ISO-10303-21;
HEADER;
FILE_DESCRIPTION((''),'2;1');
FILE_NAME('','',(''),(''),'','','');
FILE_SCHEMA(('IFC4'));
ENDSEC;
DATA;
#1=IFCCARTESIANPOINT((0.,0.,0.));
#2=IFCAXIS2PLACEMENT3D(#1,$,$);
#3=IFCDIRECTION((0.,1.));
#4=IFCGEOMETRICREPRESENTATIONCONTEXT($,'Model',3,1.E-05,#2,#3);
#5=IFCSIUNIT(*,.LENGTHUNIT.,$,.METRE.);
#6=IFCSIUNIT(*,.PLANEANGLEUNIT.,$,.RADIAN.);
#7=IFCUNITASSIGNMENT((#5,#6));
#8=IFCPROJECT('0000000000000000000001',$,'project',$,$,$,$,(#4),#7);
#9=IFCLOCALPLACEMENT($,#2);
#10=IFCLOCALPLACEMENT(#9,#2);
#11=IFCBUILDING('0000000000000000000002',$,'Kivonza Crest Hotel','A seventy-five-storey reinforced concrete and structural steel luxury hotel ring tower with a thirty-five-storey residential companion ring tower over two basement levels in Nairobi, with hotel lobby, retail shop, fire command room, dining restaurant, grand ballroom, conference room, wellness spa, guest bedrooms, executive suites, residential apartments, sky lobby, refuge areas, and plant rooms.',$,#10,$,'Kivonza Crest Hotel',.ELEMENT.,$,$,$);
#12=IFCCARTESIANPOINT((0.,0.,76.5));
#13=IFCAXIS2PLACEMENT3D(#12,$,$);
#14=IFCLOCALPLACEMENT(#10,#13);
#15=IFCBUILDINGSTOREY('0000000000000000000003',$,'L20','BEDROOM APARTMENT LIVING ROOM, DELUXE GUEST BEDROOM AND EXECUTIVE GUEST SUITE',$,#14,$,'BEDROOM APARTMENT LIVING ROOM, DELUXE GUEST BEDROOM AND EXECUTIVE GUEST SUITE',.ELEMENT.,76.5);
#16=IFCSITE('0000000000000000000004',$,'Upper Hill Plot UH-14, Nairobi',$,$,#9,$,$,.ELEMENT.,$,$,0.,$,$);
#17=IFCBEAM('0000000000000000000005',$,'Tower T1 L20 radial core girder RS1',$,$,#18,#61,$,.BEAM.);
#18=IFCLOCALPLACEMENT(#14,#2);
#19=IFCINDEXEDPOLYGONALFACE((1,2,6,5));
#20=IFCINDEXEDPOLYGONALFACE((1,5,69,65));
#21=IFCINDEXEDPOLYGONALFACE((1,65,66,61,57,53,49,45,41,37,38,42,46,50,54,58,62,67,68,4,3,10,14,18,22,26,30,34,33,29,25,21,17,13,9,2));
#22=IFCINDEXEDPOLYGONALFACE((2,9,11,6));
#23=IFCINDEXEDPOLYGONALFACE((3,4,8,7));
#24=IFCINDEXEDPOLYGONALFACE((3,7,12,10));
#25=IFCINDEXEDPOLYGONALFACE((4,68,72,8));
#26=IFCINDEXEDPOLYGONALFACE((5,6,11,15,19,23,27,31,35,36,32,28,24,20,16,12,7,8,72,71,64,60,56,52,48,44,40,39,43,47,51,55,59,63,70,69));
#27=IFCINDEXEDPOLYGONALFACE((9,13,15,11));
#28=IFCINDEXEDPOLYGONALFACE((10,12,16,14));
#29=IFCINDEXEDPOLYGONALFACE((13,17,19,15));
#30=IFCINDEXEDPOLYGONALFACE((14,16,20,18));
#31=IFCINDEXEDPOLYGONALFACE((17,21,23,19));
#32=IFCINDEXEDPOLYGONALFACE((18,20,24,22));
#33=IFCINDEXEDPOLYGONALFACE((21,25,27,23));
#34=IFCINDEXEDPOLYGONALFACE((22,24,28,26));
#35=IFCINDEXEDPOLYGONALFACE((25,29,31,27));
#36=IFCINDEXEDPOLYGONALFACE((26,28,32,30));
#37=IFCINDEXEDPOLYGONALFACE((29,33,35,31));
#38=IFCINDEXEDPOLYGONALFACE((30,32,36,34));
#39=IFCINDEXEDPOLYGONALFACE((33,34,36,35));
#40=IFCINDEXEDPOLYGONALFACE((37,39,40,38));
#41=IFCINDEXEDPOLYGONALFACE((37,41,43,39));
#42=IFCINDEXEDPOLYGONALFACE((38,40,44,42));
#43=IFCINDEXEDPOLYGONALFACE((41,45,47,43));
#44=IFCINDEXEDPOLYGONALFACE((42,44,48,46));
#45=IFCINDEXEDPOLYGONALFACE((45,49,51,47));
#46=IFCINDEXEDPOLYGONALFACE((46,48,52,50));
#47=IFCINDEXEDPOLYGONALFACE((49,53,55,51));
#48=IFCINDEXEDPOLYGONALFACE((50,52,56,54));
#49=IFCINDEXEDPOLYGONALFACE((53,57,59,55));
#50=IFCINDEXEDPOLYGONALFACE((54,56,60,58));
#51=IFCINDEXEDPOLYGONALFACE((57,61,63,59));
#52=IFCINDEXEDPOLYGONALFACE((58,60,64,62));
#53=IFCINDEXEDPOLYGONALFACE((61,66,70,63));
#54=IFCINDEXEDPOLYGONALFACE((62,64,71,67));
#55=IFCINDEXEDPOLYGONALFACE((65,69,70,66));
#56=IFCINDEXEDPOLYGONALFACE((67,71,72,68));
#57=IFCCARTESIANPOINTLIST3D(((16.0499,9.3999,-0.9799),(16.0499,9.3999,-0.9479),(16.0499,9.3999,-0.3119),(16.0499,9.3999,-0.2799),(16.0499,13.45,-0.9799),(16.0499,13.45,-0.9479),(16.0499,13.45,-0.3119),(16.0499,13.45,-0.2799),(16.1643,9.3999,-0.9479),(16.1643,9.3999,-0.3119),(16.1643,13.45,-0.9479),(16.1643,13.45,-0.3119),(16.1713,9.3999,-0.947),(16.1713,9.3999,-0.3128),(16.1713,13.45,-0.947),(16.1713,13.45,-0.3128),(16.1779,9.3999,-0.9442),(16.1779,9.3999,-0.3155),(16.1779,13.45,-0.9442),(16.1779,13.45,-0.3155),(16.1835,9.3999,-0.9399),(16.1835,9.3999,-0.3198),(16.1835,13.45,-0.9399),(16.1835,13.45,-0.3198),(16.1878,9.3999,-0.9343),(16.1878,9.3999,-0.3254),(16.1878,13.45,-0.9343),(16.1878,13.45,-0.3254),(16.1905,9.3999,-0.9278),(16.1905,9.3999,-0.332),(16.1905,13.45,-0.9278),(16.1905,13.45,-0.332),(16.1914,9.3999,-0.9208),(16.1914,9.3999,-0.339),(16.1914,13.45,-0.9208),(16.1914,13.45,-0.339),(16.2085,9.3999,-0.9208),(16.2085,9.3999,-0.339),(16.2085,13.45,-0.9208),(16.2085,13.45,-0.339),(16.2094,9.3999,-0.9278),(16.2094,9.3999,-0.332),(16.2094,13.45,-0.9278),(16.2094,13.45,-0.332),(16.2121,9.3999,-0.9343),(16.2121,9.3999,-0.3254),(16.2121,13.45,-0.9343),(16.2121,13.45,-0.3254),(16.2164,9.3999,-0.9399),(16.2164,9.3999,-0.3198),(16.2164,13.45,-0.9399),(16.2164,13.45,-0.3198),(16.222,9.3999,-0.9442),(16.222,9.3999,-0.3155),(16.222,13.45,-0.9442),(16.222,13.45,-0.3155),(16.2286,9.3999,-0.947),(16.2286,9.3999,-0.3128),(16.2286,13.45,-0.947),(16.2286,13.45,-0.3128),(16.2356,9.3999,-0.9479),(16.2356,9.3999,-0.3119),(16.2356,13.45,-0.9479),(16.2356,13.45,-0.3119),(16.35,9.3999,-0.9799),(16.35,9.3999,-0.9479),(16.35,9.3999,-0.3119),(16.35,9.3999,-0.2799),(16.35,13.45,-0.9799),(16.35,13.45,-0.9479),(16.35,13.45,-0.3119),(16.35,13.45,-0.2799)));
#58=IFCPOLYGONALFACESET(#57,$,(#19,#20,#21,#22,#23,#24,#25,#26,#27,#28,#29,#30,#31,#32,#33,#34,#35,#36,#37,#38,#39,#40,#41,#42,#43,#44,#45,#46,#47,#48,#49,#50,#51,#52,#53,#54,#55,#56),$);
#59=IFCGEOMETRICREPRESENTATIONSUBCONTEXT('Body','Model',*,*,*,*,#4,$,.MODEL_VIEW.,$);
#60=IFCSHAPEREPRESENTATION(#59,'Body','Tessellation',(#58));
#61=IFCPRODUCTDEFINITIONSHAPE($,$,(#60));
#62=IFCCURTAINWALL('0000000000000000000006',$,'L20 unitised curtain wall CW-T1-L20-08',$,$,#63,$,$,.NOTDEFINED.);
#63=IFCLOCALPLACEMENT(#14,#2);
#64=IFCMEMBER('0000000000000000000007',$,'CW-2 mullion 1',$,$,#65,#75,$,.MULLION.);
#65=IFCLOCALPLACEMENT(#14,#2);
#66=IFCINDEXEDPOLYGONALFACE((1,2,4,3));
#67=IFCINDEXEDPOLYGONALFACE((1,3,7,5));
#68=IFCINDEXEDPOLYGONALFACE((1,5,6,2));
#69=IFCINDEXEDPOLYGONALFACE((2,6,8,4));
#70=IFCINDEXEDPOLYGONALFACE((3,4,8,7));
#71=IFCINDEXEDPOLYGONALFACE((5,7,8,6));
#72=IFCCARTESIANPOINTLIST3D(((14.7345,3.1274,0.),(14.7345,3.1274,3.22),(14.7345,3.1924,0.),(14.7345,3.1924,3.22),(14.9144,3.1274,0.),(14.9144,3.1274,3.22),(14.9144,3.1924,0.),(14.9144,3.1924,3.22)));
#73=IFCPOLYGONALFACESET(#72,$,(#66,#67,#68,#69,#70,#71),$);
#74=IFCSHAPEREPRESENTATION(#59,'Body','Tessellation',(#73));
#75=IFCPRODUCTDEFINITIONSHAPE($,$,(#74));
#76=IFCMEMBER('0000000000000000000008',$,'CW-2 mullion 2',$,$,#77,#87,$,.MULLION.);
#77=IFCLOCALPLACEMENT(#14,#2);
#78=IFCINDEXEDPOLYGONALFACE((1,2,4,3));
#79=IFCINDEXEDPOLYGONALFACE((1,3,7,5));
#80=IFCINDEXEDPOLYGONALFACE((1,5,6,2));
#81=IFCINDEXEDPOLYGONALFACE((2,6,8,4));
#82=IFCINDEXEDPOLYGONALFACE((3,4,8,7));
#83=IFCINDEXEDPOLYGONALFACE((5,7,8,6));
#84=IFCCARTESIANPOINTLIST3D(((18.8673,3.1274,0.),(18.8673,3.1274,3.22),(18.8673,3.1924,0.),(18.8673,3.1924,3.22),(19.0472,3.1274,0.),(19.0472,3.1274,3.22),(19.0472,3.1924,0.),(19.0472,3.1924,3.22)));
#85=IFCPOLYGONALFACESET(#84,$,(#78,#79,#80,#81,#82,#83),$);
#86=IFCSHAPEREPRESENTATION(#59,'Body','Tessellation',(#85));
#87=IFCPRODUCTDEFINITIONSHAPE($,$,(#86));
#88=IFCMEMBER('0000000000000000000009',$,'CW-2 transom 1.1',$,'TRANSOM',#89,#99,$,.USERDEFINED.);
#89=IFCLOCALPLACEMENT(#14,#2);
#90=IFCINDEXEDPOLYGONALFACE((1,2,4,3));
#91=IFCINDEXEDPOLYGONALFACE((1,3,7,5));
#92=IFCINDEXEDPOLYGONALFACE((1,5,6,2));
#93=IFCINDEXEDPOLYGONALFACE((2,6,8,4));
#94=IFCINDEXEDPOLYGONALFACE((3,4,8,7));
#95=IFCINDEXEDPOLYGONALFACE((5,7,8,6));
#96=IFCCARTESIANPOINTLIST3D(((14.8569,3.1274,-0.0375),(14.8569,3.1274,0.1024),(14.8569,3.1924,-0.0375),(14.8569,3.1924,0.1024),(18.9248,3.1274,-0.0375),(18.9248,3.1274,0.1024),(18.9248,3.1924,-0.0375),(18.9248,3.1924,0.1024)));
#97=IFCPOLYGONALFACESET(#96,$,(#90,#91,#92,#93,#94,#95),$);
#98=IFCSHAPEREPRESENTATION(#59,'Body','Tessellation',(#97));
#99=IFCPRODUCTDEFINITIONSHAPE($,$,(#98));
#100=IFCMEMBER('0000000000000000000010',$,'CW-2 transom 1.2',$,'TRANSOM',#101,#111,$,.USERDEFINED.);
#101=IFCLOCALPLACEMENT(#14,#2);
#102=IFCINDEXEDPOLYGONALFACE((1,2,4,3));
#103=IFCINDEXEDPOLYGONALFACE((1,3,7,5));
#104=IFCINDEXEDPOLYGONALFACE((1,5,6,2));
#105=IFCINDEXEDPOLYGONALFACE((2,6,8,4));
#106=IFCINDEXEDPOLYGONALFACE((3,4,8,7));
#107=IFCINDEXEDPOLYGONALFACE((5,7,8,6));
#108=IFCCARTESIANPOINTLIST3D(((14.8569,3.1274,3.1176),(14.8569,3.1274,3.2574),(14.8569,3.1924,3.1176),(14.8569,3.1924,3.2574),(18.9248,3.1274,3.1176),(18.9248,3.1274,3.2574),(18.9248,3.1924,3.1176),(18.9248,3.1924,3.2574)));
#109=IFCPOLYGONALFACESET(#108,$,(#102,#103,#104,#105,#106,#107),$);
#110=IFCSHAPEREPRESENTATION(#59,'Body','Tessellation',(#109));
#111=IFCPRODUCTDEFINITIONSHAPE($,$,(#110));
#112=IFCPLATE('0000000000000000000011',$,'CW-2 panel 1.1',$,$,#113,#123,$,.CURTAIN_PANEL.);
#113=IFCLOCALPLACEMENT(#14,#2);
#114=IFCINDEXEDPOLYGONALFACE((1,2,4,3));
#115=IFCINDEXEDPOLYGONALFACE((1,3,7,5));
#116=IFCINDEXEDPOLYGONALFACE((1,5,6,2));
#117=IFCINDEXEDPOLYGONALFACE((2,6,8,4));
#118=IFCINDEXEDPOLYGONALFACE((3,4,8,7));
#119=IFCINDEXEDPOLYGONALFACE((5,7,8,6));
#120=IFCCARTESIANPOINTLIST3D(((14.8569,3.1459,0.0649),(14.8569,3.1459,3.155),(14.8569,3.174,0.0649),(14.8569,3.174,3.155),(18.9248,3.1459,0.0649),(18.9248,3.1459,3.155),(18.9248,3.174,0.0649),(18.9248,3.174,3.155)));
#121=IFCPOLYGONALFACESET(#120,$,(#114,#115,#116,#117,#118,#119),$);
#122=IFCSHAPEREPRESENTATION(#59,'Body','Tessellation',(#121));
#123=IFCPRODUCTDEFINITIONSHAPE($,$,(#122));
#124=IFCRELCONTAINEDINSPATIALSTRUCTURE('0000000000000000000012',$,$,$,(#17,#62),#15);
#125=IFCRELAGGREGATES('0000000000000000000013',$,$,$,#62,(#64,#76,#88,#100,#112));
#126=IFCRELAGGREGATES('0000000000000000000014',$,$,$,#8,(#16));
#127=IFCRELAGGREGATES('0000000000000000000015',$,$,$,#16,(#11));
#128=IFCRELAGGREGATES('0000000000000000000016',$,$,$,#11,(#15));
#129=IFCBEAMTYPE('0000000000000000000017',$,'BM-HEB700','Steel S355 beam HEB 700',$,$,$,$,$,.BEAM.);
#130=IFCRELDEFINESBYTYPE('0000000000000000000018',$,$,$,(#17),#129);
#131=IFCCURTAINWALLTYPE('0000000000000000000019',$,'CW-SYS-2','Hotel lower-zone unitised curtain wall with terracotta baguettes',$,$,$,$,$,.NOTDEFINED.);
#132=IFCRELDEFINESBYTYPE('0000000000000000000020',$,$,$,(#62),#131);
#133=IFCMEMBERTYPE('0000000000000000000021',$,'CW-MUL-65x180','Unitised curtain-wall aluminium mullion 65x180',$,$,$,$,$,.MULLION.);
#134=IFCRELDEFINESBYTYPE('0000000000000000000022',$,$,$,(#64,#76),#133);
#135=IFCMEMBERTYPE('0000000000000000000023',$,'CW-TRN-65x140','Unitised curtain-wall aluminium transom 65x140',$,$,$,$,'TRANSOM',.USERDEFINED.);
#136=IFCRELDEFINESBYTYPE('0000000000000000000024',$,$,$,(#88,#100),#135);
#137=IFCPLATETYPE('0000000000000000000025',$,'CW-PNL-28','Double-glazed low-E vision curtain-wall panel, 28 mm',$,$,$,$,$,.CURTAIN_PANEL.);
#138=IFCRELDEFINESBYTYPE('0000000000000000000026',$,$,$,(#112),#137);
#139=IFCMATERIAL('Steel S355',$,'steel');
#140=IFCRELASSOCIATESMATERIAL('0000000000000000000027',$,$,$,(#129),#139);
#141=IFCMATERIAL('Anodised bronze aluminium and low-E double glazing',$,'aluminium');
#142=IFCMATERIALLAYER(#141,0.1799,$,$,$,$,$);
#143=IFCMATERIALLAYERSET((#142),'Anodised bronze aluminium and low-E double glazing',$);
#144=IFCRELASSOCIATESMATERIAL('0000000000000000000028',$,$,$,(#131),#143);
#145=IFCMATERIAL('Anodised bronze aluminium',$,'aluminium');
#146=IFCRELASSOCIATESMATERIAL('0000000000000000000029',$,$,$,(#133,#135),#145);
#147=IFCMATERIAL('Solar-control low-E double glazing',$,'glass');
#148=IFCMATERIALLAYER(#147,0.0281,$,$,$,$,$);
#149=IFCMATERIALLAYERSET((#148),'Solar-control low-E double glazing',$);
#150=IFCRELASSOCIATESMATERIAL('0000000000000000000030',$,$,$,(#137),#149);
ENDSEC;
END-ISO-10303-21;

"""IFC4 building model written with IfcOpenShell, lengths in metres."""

from ifc_helpers import new_model, si_unit, direction, frame, origin, origin_2d, place, context, subcontext, project, spatial, rectangle, i_section, extrude, material, layer, layer_set, material_profile, profile_set, type_object, element, aggregate, save


model = new_model("IFC4")

# Units and contexts
model_context = context("Model", 3, precision=1e-05, world=origin(), true_north=direction((0.0, 1.0)))
body_context = subcontext(model_context, "Body", "Model", "MODEL_VIEW")
ifc_project = project(units=[si_unit("LENGTHUNIT", "METRE"), si_unit("PLANEANGLEUNIT", "RADIAN")], contexts=[model_context])

# Site, building, storey
site_placement = place(None, origin())
site = spatial("IfcSite", under=ifc_project, at=site_placement, Name="Upper Hill Plot UH-14, Nairobi", CompositionType="ELEMENT", RefElevation=0.0)
building_placement = place(site_placement, origin())
building = spatial("IfcBuilding", under=site, at=building_placement, Name="Kivonza Crest Hotel", Description="A seventy-five-storey reinforced concrete and structural steel luxury hotel ring tower with a thirty-five-storey residential companion ring tower over two basement levels in Nairobi, with hotel lobby, retail shop, fire command room, dining restaurant, grand ballroom, conference room, wellness spa, guest bedrooms, executive suites, residential apartments, sky lobby, refuge areas, and plant rooms.", LongName="Kivonza Crest Hotel", CompositionType="ELEMENT")
storey_placement = place(building_placement, frame((0.0, 0.0, 76.5)))
storey = spatial("IfcBuildingStorey", under=building, at=storey_placement, Name="L20", Description="BEDROOM APARTMENT LIVING ROOM, DELUXE GUEST BEDROOM AND EXECUTIVE GUEST SUITE", LongName="BEDROOM APARTMENT LIVING ROOM, DELUXE GUEST BEDROOM AND EXECUTIVE GUEST SUITE", CompositionType="ELEMENT", Elevation=76.5)

# Beam
ifc_material_1 = material(Name="Steel S355", Category="steel")
ifc_material_profile_1 = material_profile(ifc_material_1, i_section(OverallWidth=0.3, OverallDepth=0.7, WebThickness=0.0171, FlangeThickness=0.032, FilletRadius=0.0271, at=origin_2d()), Name="HEB 700")
ifc_profile_set_1 = profile_set([ifc_material_profile_1], Name="Steel S355")
beam_type_1 = type_object("IfcBeamType", Name="BM-HEB700", Description="Steel S355 beam HEB 700", PredefinedType="BEAM", material=ifc_profile_set_1)
beam_1_placement = place(storey_placement, frame((16.2, 9.3999, -0.6299), z_axis=(0.0, 1.0, 0.0), x_axis=(-1.0, 0.0, 0.0)))
element("IfcBeam", 1, at=beam_1_placement, inside=storey, type_object=beam_type_1, Name="Tower T1 L20 radial core girder RS1", PredefinedType="BEAM", context=body_context, shape_type="SweptSolid", body=[
    extrude(i_section(OverallWidth=0.3, OverallDepth=0.7, WebThickness=0.0171, FlangeThickness=0.032, FilletRadius=0.0271, at=origin_2d()), origin(), (0.0, 0.0, 1.0), 4.05),
])

# Curtain wall, members, plate
ifc_material_2 = material(Name="Anodised bronze aluminium and low-E double glazing", Category="aluminium")
ifc_layer_1 = layer(ifc_material_2, 0.1799)
ifc_layer_set_1 = layer_set([ifc_layer_1], Name="Anodised bronze aluminium and low-E double glazing")
curtain_wall_type = type_object("IfcCurtainWallType", Name="CW-SYS-2", Description="Hotel lower-zone unitised curtain wall with terracotta baguettes", PredefinedType="NOTDEFINED", material=ifc_layer_set_1)
curtain_wall_placement = place(storey_placement, origin())
curtain_wall = element("IfcCurtainWall", 2, at=curtain_wall_placement, inside=storey, type_object=curtain_wall_type, Name="L20 unitised curtain wall CW-T1-L20-08", PredefinedType="NOTDEFINED")
ifc_material_3 = material(Name="Anodised bronze aluminium", Category="aluminium")
ifc_material_profile_2 = material_profile(ifc_material_3, rectangle(XDim=0.0649, YDim=0.1799, at=origin_2d()), Name="CW-M 65x180")
ifc_profile_set_2 = profile_set([ifc_material_profile_2], Name="Anodised bronze aluminium")
member_type_1 = type_object("IfcMemberType", Name="CW-MUL-65x180", Description="Unitised curtain-wall aluminium mullion 65x180", PredefinedType="MULLION", material=ifc_profile_set_2)
member_1_placement = place(storey_placement, frame((14.8245, 3.1599, 0.0), z_axis=(0.0, 0.0, 1.0), x_axis=(0.0, 1.0, 0.0)))
member_1 = element("IfcMember", 3, at=member_1_placement, type_object=member_type_1, Name="CW-2 mullion 1", PredefinedType="MULLION", context=body_context, shape_type="SweptSolid", body=[
    extrude(rectangle(XDim=0.0649, YDim=0.1799, at=origin_2d()), origin(), (0.0, 0.0, 1.0), 3.22),
])
member_2_placement = place(storey_placement, frame((18.9573, 3.1599, 0.0), z_axis=(0.0, 0.0, 1.0), x_axis=(0.0, 1.0, 0.0)))
member_2 = element("IfcMember", 4, at=member_2_placement, type_object=member_type_1, Name="CW-2 mullion 2", PredefinedType="MULLION", context=body_context, shape_type="SweptSolid", body=[
    extrude(rectangle(XDim=0.0649, YDim=0.1799, at=origin_2d()), origin(), (0.0, 0.0, 1.0), 3.22),
])
ifc_material_profile_3 = material_profile(ifc_material_3, rectangle(XDim=0.0649, YDim=0.1399, at=origin_2d()), Name="CW-T 65x140")
ifc_profile_set_3 = profile_set([ifc_material_profile_3], Name="Anodised bronze aluminium")
member_type_2 = type_object("IfcMemberType", Name="CW-TRN-65x140", Description="Unitised curtain-wall aluminium transom 65x140", ElementType="TRANSOM", PredefinedType="USERDEFINED", material=ifc_profile_set_3)
member_3_placement = place(storey_placement, frame((14.8569, 3.1599, 0.0325), z_axis=(1.0, 0.0, 0.0), x_axis=(0.0, 1.0, 0.0)))
member_3 = element("IfcMember", 5, at=member_3_placement, type_object=member_type_2, Name="CW-2 transom 1.1", ObjectType="TRANSOM", PredefinedType="USERDEFINED", context=body_context, shape_type="SweptSolid", body=[
    extrude(rectangle(XDim=0.0649, YDim=0.1399, at=origin_2d()), origin(), (0.0, 0.0, 1.0), 4.0679),
])
member_4_placement = place(storey_placement, frame((14.8569, 3.1599, 3.1875), z_axis=(1.0, 0.0, 0.0), x_axis=(0.0, 1.0, 0.0)))
member_4 = element("IfcMember", 6, at=member_4_placement, type_object=member_type_2, Name="CW-2 transom 1.2", ObjectType="TRANSOM", PredefinedType="USERDEFINED", context=body_context, shape_type="SweptSolid", body=[
    extrude(rectangle(XDim=0.0649, YDim=0.1399, at=origin_2d()), origin(), (0.0, 0.0, 1.0), 4.0679),
])
ifc_material_4 = material(Name="Solar-control low-E double glazing", Category="glass")
ifc_layer_2 = layer(ifc_material_4, 0.0281)
ifc_layer_set_2 = layer_set([ifc_layer_2], Name="Solar-control low-E double glazing")
plate_type = type_object("IfcPlateType", Name="CW-PNL-28", Description="Double-glazed low-E vision curtain-wall panel, 28 mm", PredefinedType="CURTAIN_PANEL", material=ifc_layer_set_2)
plate_placement = place(storey_placement, frame((16.8909, 3.1599, 0.0649), z_axis=(0.0, 0.0, 1.0), x_axis=(1.0, 0.0, 0.0)))
plate = element("IfcPlate", 7, at=plate_placement, type_object=plate_type, Name="CW-2 panel 1.1", PredefinedType="CURTAIN_PANEL", context=body_context, shape_type="SweptSolid", body=[
    extrude(rectangle(XDim=4.0679, YDim=0.0281, at=origin_2d()), origin(), (0.0, 0.0, 1.0), 3.0901),
])
aggregate(curtain_wall, [member_1, member_2, member_3, member_4, plate])

save(model, "model.ifc")
